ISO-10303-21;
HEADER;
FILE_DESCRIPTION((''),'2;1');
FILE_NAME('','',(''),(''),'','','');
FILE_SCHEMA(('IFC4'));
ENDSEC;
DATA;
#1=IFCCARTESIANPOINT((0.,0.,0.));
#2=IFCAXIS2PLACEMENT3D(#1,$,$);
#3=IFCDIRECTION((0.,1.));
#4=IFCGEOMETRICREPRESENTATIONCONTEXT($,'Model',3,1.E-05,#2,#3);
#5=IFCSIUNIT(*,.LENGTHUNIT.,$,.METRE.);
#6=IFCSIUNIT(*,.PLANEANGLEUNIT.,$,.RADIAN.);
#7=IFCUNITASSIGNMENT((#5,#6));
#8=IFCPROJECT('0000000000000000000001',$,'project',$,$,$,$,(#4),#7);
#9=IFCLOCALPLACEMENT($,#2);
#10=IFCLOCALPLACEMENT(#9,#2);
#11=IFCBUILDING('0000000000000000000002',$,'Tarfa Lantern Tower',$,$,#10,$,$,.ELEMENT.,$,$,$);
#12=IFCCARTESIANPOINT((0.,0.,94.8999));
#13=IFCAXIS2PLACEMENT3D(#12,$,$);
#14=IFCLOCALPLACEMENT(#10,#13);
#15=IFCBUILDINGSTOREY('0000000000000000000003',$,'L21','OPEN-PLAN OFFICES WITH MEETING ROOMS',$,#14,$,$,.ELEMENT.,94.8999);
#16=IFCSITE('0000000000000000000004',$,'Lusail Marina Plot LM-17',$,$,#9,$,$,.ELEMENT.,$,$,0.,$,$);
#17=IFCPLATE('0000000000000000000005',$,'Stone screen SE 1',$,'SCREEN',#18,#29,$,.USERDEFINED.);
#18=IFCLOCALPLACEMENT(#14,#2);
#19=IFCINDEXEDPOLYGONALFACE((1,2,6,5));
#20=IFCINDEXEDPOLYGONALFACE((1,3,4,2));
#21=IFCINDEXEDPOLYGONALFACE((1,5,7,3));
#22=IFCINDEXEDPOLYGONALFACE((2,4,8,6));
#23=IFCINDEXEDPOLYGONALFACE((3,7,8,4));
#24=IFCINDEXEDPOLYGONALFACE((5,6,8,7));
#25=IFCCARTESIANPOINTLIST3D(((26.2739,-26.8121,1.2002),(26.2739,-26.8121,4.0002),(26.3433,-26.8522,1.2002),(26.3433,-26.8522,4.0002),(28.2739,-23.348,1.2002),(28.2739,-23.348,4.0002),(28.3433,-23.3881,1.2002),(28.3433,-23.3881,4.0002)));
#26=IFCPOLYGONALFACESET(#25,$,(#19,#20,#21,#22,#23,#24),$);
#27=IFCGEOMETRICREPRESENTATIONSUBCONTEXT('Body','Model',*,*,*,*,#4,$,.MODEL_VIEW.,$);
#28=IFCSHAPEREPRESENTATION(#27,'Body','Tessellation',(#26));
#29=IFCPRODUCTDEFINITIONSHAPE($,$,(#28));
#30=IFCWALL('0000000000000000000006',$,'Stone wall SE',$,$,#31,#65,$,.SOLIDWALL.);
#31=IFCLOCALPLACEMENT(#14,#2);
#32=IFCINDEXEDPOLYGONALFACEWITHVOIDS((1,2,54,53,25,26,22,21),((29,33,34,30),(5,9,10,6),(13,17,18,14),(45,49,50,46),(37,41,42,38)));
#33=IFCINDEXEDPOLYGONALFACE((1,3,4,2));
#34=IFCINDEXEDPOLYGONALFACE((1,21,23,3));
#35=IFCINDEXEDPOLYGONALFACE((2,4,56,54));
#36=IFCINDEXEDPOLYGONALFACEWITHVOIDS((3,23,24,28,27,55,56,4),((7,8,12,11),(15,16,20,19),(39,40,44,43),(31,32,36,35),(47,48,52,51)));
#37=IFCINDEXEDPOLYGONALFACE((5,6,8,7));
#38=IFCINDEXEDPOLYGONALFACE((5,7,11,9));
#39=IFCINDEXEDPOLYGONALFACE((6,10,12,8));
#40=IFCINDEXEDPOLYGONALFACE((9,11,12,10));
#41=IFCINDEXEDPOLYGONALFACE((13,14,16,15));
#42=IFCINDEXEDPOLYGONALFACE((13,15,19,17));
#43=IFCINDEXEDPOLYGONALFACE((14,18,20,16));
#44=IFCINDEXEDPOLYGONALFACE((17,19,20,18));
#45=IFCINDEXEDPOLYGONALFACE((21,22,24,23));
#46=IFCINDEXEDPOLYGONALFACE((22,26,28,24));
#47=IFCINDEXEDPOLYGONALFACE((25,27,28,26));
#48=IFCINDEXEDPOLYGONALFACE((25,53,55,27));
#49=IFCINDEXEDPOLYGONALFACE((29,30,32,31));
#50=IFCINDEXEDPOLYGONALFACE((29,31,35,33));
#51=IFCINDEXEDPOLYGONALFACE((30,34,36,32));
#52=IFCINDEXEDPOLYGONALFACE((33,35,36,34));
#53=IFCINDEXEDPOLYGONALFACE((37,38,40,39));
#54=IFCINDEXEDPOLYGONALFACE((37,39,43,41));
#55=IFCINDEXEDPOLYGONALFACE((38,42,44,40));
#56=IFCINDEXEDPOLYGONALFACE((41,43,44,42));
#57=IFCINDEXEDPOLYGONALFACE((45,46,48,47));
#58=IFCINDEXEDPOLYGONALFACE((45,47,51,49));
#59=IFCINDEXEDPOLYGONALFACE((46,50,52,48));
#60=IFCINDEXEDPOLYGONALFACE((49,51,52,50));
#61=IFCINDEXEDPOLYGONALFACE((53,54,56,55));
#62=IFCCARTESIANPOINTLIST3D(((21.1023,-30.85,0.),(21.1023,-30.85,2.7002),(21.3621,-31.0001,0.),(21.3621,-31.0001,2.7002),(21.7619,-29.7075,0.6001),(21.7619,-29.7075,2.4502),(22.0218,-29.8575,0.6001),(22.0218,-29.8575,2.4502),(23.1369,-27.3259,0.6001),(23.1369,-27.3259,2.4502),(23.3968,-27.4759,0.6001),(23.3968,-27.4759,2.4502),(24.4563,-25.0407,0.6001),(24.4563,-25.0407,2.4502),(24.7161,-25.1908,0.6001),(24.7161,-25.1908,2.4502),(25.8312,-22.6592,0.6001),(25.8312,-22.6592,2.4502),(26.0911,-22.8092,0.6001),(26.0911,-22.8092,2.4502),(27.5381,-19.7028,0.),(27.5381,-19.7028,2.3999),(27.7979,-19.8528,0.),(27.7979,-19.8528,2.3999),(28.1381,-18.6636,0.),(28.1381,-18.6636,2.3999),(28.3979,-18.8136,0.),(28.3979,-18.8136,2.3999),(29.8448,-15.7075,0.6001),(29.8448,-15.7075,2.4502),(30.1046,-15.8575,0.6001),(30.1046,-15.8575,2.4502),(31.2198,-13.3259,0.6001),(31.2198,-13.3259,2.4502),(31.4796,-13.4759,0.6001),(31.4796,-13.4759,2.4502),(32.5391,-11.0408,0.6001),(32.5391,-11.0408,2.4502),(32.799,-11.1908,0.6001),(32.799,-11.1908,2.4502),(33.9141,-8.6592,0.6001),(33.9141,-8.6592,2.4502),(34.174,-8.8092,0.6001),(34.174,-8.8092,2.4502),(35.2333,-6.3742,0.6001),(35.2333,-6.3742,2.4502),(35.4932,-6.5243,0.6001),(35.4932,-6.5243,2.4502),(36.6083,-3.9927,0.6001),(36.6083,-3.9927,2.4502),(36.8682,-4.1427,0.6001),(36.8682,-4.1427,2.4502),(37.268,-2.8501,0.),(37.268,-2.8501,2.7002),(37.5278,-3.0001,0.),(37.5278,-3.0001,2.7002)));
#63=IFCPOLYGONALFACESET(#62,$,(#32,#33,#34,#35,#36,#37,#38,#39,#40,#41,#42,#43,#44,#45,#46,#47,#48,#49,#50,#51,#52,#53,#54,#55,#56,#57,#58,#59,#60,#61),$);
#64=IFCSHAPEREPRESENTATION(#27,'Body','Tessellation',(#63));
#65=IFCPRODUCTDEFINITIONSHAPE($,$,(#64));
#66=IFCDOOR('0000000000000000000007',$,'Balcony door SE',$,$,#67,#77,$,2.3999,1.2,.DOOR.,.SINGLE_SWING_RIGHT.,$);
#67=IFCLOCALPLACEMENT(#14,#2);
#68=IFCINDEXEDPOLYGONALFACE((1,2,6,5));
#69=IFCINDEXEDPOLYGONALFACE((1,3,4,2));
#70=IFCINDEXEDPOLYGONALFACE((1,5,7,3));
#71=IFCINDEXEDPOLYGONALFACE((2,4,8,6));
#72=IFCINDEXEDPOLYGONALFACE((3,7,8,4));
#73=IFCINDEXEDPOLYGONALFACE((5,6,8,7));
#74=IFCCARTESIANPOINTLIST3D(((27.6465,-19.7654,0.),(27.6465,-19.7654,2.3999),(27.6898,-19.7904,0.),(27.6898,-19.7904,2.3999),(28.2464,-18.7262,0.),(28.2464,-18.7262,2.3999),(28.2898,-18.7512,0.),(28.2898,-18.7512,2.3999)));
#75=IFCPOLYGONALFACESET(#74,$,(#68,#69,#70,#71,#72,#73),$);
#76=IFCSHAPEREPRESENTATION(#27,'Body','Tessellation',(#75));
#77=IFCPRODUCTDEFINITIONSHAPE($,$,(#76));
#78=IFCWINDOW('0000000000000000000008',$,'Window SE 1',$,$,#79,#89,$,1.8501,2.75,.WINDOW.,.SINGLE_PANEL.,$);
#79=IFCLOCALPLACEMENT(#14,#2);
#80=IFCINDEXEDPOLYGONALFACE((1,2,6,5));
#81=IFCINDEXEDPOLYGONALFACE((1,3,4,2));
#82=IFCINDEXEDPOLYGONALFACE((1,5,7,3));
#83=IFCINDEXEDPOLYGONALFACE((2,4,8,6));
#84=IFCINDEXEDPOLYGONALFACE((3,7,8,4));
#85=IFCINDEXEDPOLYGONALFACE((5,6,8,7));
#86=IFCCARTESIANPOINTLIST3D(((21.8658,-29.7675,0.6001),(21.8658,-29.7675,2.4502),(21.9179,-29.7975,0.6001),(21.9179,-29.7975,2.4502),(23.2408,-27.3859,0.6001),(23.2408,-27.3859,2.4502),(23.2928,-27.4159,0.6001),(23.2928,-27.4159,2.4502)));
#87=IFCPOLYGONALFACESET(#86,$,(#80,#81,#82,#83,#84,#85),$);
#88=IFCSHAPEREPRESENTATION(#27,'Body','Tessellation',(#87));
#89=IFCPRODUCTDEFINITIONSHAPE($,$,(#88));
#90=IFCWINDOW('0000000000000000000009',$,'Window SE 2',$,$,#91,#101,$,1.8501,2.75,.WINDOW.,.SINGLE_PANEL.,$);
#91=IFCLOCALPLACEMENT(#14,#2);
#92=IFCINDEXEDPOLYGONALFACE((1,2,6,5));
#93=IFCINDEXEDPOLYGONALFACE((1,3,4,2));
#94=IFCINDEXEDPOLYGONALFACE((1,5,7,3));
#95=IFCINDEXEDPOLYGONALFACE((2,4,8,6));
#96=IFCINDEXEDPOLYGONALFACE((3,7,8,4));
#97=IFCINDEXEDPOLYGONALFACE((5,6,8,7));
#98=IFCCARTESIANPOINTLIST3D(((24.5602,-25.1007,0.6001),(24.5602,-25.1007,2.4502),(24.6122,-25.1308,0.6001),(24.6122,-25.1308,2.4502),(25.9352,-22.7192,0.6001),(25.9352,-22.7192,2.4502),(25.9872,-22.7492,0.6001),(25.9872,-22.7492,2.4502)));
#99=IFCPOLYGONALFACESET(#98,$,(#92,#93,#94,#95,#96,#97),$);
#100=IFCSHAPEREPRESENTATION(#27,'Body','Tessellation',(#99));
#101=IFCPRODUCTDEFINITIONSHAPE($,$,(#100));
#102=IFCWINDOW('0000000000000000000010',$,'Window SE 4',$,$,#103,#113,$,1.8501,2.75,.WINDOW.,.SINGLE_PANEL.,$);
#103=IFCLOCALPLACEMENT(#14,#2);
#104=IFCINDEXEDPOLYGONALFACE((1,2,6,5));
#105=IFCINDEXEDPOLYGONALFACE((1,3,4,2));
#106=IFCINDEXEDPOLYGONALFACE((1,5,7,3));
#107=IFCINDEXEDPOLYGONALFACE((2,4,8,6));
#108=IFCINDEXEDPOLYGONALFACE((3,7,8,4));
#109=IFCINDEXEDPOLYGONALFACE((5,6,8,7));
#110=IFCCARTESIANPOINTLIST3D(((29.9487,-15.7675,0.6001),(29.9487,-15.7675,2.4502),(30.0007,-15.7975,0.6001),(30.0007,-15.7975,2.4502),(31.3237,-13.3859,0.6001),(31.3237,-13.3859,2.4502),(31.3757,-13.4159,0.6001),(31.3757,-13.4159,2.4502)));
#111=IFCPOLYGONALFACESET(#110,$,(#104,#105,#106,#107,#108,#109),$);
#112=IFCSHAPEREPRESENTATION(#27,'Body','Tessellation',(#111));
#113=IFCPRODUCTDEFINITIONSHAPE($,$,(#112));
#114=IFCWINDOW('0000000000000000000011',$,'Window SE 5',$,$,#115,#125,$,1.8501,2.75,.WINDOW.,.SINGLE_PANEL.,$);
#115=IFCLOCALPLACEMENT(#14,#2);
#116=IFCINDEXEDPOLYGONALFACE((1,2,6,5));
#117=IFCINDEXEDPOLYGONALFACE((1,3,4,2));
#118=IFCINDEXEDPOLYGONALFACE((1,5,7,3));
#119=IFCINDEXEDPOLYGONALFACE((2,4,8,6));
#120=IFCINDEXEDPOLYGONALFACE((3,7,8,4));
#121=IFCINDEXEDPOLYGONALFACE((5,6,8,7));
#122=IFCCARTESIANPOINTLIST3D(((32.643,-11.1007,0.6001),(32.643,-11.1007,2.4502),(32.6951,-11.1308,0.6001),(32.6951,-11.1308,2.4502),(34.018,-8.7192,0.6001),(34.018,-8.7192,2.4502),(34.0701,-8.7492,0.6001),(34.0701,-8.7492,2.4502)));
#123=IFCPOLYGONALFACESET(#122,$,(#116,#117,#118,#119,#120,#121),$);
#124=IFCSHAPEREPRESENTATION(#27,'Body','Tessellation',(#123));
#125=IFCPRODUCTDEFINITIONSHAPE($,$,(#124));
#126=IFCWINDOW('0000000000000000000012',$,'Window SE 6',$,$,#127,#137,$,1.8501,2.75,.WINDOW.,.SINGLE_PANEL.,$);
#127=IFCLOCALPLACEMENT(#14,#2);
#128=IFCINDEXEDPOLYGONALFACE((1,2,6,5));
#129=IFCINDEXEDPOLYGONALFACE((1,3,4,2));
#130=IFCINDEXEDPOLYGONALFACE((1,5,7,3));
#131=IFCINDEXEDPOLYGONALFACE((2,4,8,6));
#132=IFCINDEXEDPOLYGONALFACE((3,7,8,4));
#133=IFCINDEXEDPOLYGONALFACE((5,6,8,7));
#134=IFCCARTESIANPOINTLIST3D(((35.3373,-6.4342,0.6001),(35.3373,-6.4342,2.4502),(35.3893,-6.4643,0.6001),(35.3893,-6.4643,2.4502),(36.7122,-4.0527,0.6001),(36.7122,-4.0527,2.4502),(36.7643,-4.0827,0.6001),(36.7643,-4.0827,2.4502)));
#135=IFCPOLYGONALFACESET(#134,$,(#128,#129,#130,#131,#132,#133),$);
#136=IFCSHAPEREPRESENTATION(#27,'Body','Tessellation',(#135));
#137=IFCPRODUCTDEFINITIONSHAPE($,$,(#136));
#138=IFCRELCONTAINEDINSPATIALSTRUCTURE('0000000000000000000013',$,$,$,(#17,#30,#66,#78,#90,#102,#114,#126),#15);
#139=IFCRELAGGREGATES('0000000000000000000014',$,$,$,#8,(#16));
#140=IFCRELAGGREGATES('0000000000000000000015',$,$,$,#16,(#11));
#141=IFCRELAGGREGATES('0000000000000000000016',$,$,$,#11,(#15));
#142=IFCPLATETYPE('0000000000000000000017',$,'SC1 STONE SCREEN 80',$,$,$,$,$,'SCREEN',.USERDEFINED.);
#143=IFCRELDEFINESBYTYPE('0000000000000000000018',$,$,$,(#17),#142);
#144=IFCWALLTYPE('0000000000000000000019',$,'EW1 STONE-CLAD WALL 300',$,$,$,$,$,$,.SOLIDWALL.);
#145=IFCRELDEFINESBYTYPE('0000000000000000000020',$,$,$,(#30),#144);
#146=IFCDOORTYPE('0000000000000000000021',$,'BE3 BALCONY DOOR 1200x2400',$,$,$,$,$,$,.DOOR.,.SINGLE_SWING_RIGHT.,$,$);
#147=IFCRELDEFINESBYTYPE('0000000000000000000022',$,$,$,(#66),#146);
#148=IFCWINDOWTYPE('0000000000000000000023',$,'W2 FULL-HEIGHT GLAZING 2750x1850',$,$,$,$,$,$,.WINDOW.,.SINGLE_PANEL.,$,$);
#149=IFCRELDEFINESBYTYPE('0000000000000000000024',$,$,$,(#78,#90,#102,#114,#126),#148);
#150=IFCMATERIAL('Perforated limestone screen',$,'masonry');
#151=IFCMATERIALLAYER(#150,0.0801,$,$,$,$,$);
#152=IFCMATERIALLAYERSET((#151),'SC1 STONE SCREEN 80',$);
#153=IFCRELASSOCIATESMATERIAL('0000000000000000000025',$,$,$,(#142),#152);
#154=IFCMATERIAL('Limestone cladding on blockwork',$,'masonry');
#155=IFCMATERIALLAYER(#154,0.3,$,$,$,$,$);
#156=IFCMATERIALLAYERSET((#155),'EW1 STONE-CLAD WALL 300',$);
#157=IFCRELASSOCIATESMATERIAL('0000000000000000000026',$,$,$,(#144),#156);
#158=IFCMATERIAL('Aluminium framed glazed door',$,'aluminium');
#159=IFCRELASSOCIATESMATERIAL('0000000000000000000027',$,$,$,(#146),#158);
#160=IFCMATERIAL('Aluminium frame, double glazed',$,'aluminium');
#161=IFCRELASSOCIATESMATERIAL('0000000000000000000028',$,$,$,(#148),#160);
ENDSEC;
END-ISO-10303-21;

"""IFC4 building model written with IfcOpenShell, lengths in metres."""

from ifc_helpers import new_model, si_unit, direction, frame, frame_2d, origin, origin_2d, place, context, subcontext, project, spatial, rectangle, extrude, material, layer, layer_set, type_object, element, fill, save


model = new_model("IFC4")

# Units and contexts
model_context = context("Model", 3, precision=1e-05, world=origin(), true_north=direction((0.0, 1.0)))
body_context = subcontext(model_context, "Body", "Model", "MODEL_VIEW")
ifc_project = project(units=[si_unit("LENGTHUNIT", "METRE"), si_unit("PLANEANGLEUNIT", "RADIAN")], contexts=[model_context])

# Site, building, storey
site_placement = place(None, origin())
site = spatial("IfcSite", under=ifc_project, at=site_placement, Name="Lusail Marina Plot LM-17", CompositionType="ELEMENT", RefElevation=0.0)
building_placement = place(site_placement, origin())
building = spatial("IfcBuilding", under=site, at=building_placement, Name="Tarfa Lantern Tower", CompositionType="ELEMENT")
storey_placement = place(building_placement, frame((0.0, 0.0, 94.8999)))
storey = spatial("IfcBuildingStorey", under=building, at=storey_placement, Name="L21", Description="OPEN-PLAN OFFICES WITH MEETING ROOMS", CompositionType="ELEMENT", Elevation=94.8999)

# Plate
ifc_material_1 = material(Name="Perforated limestone screen", Category="masonry")
ifc_layer_1 = layer(ifc_material_1, 0.0801)
ifc_layer_set_1 = layer_set([ifc_layer_1], Name="SC1 STONE SCREEN 80")
plate_type = type_object("IfcPlateType", Name="SC1 STONE SCREEN 80", ElementType="SCREEN", PredefinedType="USERDEFINED", material=ifc_layer_set_1)
plate_placement = place(storey_placement, frame((27.3086, -25.1001, 1.2002), z_axis=(0.0, 0.0, 1.0), x_axis=(0.5, 0.866025, 0.0)))
element("IfcPlate", 1, at=plate_placement, inside=storey, type_object=plate_type, Name="Stone screen SE 1", ObjectType="SCREEN", PredefinedType="USERDEFINED", context=body_context, shape_type="SweptSolid", body=[
    extrude(rectangle(XDim=4.0, YDim=0.0801, at=origin_2d()), origin(), (0.0, 0.0, 1.0), 2.8),
])

# Wall, openings, door, windows
ifc_material_2 = material(Name="Limestone cladding on blockwork", Category="masonry")
ifc_layer_2 = layer(ifc_material_2, 0.3)
ifc_layer_set_2 = layer_set([ifc_layer_2], Name="EW1 STONE-CLAD WALL 300")
wall_type_1 = type_object("IfcWallType", Name="EW1 STONE-CLAD WALL 300", PredefinedType="SOLIDWALL", material=ifc_layer_set_2)
wall_1_placement = place(storey_placement, frame((21.2322, -30.925, 0.0), z_axis=(0.0, 0.0, 1.0), x_axis=(0.499999, 0.866026, 0.0)))
wall_1 = element("IfcWall", 2, at=wall_1_placement, inside=storey, type_object=wall_type_1, Name="Stone wall SE", PredefinedType="SOLIDWALL", context=body_context, shape_type="SweptSolid", body=[
    extrude(rectangle(XDim=32.3315, YDim=0.3, at=frame_2d((16.1658, 0.0))), origin(), (0.0, 0.0, 1.0), 2.7002),
])
opening_1_placement = place(wall_1_placement, frame((1.3193, 0.0, 0.6001)))
opening_1 = element("IfcOpeningElement", 3, at=opening_1_placement, cuts=wall_1, PredefinedType="OPENING", context=body_context, shape_type="SweptSolid", body=[
    extrude(rectangle(XDim=2.75, YDim=1.8501, at=frame_2d((1.375, 0.925))), frame((0.0, 0.1599, 0.0), z_axis=(0.0, -1.0, 0.0), x_axis=(1.0, 0.0, 0.0)), (0.0, 0.0, 1.0), 0.3201),
])
opening_2_placement = place(wall_1_placement, frame((6.708, 0.0, 0.6001)))
opening_2 = element("IfcOpeningElement", 4, at=opening_2_placement, cuts=wall_1, PredefinedType="OPENING", context=body_context, shape_type="SweptSolid", body=[
    extrude(rectangle(XDim=2.75, YDim=1.8501, at=frame_2d((1.375, 0.925))), frame((0.0, 0.1599, 0.0), z_axis=(0.0, -1.0, 0.0), x_axis=(1.0, 0.0, 0.0)), (0.0, 0.0, 1.0), 0.3201),
])
opening_3_placement = place(wall_1_placement, frame((12.8716, 0.0, 0.0)))
opening_3 = element("IfcOpeningElement", 5, at=opening_3_placement, cuts=wall_1, PredefinedType="OPENING", context=body_context, shape_type="SweptSolid", body=[
    extrude(rectangle(XDim=1.2, YDim=2.3999, at=frame_2d((0.6001, 1.2))), frame((0.0, 0.1599, 0.0), z_axis=(0.0, -1.0, 0.0), x_axis=(1.0, 0.0, 0.0)), (0.0, 0.0, 1.0), 0.3201),
])
opening_4_placement = place(wall_1_placement, frame((17.4851, 0.0, 0.6001)))
opening_4 = element("IfcOpeningElement", 6, at=opening_4_placement, cuts=wall_1, PredefinedType="OPENING", context=body_context, shape_type="SweptSolid", body=[
    extrude(rectangle(XDim=2.75, YDim=1.8501, at=frame_2d((1.375, 0.925))), frame((0.0, 0.1599, 0.0), z_axis=(0.0, -1.0, 0.0), x_axis=(1.0, 0.0, 0.0)), (0.0, 0.0, 1.0), 0.3201),
])
opening_5_placement = place(wall_1_placement, frame((22.8738, 0.0, 0.6001)))
opening_5 = element("IfcOpeningElement", 7, at=opening_5_placement, cuts=wall_1, PredefinedType="OPENING", context=body_context, shape_type="SweptSolid", body=[
    extrude(rectangle(XDim=2.75, YDim=1.8501, at=frame_2d((1.375, 0.925))), frame((0.0, 0.1599, 0.0), z_axis=(0.0, -1.0, 0.0), x_axis=(1.0, 0.0, 0.0)), (0.0, 0.0, 1.0), 0.3201),
])
opening_6_placement = place(wall_1_placement, frame((28.2622, 0.0, 0.6001)))
opening_6 = element("IfcOpeningElement", 8, at=opening_6_placement, cuts=wall_1, PredefinedType="OPENING", context=body_context, shape_type="SweptSolid", body=[
    extrude(rectangle(XDim=2.75, YDim=1.8501, at=frame_2d((1.375, 0.925))), frame((0.0, 0.1599, 0.0), z_axis=(0.0, -1.0, 0.0), x_axis=(1.0, 0.0, 0.0)), (0.0, 0.0, 1.0), 0.3201),
])
ifc_material_3 = material(Name="Aluminium framed glazed door", Category="aluminium")
door_type_1 = type_object("IfcDoorType", Name="BE3 BALCONY DOOR 1200x2400", OperationType="SINGLE_SWING_RIGHT", PredefinedType="DOOR", material=ifc_material_3)
door_1_placement = place(opening_3_placement, origin())
door_1 = element("IfcDoor", 9, at=door_1_placement, inside=storey, type_object=door_type_1, Name="Balcony door SE", OperationType="SINGLE_SWING_RIGHT", OverallHeight=2.3999, OverallWidth=1.2, PredefinedType="DOOR", context=body_context, shape_type="SweptSolid", body=[
    extrude(rectangle(XDim=1.2, YDim=2.3999, at=frame_2d((0.6001, 1.2))), frame((0.0, 0.0249, 0.0), z_axis=(0.0, -1.0, 0.0), x_axis=(1.0, 0.0, 0.0)), (0.0, 0.0, 1.0), 0.05),
])
fill(opening_3, door_1)
ifc_material_4 = material(Name="Aluminium frame, double glazed", Category="aluminium")
window_type = type_object("IfcWindowType", Name="W2 FULL-HEIGHT GLAZING 2750x1850", PartitioningType="SINGLE_PANEL", PredefinedType="WINDOW", material=ifc_material_4)
window_1_placement = place(opening_1_placement, origin())
window_1 = element("IfcWindow", 10, at=window_1_placement, inside=storey, type_object=window_type, Name="Window SE 1", OverallHeight=1.8501, OverallWidth=2.75, PartitioningType="SINGLE_PANEL", PredefinedType="WINDOW", context=body_context, shape_type="SweptSolid", body=[
    extrude(rectangle(XDim=2.75, YDim=1.8501, at=frame_2d((1.375, 0.925))), frame((0.0, 0.03, 0.0), z_axis=(0.0, -1.0, 0.0), x_axis=(1.0, 0.0, 0.0)), (0.0, 0.0, 1.0), 0.0601),
])
fill(opening_1, window_1)
window_2_placement = place(opening_2_placement, origin())
window_2 = element("IfcWindow", 11, at=window_2_placement, inside=storey, type_object=window_type, Name="Window SE 2", OverallHeight=1.8501, OverallWidth=2.75, PartitioningType="SINGLE_PANEL", PredefinedType="WINDOW", context=body_context, shape_type="SweptSolid", body=[
    extrude(rectangle(XDim=2.75, YDim=1.8501, at=frame_2d((1.375, 0.925))), frame((0.0, 0.03, 0.0), z_axis=(0.0, -1.0, 0.0), x_axis=(1.0, 0.0, 0.0)), (0.0, 0.0, 1.0), 0.0601),
])
fill(opening_2, window_2)
window_3_placement = place(opening_4_placement, origin())
window_3 = element("IfcWindow", 12, at=window_3_placement, inside=storey, type_object=window_type, Name="Window SE 4", OverallHeight=1.8501, OverallWidth=2.75, PartitioningType="SINGLE_PANEL", PredefinedType="WINDOW", context=body_context, shape_type="SweptSolid", body=[
    extrude(rectangle(XDim=2.75, YDim=1.8501, at=frame_2d((1.375, 0.925))), frame((0.0, 0.03, 0.0), z_axis=(0.0, -1.0, 0.0), x_axis=(1.0, 0.0, 0.0)), (0.0, 0.0, 1.0), 0.0601),
])
fill(opening_4, window_3)
window_4_placement = place(opening_5_placement, origin())
window_4 = element("IfcWindow", 13, at=window_4_placement, inside=storey, type_object=window_type, Name="Window SE 5", OverallHeight=1.8501, OverallWidth=2.75, PartitioningType="SINGLE_PANEL", PredefinedType="WINDOW", context=body_context, shape_type="SweptSolid", body=[
    extrude(rectangle(XDim=2.75, YDim=1.8501, at=frame_2d((1.375, 0.925))), frame((0.0, 0.03, 0.0), z_axis=(0.0, -1.0, 0.0), x_axis=(1.0, 0.0, 0.0)), (0.0, 0.0, 1.0), 0.0601),
])
fill(opening_5, window_4)
window_5_placement = place(opening_6_placement, origin())
window_5 = element("IfcWindow", 14, at=window_5_placement, inside=storey, type_object=window_type, Name="Window SE 6", OverallHeight=1.8501, OverallWidth=2.75, PartitioningType="SINGLE_PANEL", PredefinedType="WINDOW", context=body_context, shape_type="SweptSolid", body=[
    extrude(rectangle(XDim=2.75, YDim=1.8501, at=frame_2d((1.375, 0.925))), frame((0.0, 0.03, 0.0), z_axis=(0.0, -1.0, 0.0), x_axis=(1.0, 0.0, 0.0)), (0.0, 0.0, 1.0), 0.0601),
])
fill(opening_6, window_5)

save(model, "model.ifc")
